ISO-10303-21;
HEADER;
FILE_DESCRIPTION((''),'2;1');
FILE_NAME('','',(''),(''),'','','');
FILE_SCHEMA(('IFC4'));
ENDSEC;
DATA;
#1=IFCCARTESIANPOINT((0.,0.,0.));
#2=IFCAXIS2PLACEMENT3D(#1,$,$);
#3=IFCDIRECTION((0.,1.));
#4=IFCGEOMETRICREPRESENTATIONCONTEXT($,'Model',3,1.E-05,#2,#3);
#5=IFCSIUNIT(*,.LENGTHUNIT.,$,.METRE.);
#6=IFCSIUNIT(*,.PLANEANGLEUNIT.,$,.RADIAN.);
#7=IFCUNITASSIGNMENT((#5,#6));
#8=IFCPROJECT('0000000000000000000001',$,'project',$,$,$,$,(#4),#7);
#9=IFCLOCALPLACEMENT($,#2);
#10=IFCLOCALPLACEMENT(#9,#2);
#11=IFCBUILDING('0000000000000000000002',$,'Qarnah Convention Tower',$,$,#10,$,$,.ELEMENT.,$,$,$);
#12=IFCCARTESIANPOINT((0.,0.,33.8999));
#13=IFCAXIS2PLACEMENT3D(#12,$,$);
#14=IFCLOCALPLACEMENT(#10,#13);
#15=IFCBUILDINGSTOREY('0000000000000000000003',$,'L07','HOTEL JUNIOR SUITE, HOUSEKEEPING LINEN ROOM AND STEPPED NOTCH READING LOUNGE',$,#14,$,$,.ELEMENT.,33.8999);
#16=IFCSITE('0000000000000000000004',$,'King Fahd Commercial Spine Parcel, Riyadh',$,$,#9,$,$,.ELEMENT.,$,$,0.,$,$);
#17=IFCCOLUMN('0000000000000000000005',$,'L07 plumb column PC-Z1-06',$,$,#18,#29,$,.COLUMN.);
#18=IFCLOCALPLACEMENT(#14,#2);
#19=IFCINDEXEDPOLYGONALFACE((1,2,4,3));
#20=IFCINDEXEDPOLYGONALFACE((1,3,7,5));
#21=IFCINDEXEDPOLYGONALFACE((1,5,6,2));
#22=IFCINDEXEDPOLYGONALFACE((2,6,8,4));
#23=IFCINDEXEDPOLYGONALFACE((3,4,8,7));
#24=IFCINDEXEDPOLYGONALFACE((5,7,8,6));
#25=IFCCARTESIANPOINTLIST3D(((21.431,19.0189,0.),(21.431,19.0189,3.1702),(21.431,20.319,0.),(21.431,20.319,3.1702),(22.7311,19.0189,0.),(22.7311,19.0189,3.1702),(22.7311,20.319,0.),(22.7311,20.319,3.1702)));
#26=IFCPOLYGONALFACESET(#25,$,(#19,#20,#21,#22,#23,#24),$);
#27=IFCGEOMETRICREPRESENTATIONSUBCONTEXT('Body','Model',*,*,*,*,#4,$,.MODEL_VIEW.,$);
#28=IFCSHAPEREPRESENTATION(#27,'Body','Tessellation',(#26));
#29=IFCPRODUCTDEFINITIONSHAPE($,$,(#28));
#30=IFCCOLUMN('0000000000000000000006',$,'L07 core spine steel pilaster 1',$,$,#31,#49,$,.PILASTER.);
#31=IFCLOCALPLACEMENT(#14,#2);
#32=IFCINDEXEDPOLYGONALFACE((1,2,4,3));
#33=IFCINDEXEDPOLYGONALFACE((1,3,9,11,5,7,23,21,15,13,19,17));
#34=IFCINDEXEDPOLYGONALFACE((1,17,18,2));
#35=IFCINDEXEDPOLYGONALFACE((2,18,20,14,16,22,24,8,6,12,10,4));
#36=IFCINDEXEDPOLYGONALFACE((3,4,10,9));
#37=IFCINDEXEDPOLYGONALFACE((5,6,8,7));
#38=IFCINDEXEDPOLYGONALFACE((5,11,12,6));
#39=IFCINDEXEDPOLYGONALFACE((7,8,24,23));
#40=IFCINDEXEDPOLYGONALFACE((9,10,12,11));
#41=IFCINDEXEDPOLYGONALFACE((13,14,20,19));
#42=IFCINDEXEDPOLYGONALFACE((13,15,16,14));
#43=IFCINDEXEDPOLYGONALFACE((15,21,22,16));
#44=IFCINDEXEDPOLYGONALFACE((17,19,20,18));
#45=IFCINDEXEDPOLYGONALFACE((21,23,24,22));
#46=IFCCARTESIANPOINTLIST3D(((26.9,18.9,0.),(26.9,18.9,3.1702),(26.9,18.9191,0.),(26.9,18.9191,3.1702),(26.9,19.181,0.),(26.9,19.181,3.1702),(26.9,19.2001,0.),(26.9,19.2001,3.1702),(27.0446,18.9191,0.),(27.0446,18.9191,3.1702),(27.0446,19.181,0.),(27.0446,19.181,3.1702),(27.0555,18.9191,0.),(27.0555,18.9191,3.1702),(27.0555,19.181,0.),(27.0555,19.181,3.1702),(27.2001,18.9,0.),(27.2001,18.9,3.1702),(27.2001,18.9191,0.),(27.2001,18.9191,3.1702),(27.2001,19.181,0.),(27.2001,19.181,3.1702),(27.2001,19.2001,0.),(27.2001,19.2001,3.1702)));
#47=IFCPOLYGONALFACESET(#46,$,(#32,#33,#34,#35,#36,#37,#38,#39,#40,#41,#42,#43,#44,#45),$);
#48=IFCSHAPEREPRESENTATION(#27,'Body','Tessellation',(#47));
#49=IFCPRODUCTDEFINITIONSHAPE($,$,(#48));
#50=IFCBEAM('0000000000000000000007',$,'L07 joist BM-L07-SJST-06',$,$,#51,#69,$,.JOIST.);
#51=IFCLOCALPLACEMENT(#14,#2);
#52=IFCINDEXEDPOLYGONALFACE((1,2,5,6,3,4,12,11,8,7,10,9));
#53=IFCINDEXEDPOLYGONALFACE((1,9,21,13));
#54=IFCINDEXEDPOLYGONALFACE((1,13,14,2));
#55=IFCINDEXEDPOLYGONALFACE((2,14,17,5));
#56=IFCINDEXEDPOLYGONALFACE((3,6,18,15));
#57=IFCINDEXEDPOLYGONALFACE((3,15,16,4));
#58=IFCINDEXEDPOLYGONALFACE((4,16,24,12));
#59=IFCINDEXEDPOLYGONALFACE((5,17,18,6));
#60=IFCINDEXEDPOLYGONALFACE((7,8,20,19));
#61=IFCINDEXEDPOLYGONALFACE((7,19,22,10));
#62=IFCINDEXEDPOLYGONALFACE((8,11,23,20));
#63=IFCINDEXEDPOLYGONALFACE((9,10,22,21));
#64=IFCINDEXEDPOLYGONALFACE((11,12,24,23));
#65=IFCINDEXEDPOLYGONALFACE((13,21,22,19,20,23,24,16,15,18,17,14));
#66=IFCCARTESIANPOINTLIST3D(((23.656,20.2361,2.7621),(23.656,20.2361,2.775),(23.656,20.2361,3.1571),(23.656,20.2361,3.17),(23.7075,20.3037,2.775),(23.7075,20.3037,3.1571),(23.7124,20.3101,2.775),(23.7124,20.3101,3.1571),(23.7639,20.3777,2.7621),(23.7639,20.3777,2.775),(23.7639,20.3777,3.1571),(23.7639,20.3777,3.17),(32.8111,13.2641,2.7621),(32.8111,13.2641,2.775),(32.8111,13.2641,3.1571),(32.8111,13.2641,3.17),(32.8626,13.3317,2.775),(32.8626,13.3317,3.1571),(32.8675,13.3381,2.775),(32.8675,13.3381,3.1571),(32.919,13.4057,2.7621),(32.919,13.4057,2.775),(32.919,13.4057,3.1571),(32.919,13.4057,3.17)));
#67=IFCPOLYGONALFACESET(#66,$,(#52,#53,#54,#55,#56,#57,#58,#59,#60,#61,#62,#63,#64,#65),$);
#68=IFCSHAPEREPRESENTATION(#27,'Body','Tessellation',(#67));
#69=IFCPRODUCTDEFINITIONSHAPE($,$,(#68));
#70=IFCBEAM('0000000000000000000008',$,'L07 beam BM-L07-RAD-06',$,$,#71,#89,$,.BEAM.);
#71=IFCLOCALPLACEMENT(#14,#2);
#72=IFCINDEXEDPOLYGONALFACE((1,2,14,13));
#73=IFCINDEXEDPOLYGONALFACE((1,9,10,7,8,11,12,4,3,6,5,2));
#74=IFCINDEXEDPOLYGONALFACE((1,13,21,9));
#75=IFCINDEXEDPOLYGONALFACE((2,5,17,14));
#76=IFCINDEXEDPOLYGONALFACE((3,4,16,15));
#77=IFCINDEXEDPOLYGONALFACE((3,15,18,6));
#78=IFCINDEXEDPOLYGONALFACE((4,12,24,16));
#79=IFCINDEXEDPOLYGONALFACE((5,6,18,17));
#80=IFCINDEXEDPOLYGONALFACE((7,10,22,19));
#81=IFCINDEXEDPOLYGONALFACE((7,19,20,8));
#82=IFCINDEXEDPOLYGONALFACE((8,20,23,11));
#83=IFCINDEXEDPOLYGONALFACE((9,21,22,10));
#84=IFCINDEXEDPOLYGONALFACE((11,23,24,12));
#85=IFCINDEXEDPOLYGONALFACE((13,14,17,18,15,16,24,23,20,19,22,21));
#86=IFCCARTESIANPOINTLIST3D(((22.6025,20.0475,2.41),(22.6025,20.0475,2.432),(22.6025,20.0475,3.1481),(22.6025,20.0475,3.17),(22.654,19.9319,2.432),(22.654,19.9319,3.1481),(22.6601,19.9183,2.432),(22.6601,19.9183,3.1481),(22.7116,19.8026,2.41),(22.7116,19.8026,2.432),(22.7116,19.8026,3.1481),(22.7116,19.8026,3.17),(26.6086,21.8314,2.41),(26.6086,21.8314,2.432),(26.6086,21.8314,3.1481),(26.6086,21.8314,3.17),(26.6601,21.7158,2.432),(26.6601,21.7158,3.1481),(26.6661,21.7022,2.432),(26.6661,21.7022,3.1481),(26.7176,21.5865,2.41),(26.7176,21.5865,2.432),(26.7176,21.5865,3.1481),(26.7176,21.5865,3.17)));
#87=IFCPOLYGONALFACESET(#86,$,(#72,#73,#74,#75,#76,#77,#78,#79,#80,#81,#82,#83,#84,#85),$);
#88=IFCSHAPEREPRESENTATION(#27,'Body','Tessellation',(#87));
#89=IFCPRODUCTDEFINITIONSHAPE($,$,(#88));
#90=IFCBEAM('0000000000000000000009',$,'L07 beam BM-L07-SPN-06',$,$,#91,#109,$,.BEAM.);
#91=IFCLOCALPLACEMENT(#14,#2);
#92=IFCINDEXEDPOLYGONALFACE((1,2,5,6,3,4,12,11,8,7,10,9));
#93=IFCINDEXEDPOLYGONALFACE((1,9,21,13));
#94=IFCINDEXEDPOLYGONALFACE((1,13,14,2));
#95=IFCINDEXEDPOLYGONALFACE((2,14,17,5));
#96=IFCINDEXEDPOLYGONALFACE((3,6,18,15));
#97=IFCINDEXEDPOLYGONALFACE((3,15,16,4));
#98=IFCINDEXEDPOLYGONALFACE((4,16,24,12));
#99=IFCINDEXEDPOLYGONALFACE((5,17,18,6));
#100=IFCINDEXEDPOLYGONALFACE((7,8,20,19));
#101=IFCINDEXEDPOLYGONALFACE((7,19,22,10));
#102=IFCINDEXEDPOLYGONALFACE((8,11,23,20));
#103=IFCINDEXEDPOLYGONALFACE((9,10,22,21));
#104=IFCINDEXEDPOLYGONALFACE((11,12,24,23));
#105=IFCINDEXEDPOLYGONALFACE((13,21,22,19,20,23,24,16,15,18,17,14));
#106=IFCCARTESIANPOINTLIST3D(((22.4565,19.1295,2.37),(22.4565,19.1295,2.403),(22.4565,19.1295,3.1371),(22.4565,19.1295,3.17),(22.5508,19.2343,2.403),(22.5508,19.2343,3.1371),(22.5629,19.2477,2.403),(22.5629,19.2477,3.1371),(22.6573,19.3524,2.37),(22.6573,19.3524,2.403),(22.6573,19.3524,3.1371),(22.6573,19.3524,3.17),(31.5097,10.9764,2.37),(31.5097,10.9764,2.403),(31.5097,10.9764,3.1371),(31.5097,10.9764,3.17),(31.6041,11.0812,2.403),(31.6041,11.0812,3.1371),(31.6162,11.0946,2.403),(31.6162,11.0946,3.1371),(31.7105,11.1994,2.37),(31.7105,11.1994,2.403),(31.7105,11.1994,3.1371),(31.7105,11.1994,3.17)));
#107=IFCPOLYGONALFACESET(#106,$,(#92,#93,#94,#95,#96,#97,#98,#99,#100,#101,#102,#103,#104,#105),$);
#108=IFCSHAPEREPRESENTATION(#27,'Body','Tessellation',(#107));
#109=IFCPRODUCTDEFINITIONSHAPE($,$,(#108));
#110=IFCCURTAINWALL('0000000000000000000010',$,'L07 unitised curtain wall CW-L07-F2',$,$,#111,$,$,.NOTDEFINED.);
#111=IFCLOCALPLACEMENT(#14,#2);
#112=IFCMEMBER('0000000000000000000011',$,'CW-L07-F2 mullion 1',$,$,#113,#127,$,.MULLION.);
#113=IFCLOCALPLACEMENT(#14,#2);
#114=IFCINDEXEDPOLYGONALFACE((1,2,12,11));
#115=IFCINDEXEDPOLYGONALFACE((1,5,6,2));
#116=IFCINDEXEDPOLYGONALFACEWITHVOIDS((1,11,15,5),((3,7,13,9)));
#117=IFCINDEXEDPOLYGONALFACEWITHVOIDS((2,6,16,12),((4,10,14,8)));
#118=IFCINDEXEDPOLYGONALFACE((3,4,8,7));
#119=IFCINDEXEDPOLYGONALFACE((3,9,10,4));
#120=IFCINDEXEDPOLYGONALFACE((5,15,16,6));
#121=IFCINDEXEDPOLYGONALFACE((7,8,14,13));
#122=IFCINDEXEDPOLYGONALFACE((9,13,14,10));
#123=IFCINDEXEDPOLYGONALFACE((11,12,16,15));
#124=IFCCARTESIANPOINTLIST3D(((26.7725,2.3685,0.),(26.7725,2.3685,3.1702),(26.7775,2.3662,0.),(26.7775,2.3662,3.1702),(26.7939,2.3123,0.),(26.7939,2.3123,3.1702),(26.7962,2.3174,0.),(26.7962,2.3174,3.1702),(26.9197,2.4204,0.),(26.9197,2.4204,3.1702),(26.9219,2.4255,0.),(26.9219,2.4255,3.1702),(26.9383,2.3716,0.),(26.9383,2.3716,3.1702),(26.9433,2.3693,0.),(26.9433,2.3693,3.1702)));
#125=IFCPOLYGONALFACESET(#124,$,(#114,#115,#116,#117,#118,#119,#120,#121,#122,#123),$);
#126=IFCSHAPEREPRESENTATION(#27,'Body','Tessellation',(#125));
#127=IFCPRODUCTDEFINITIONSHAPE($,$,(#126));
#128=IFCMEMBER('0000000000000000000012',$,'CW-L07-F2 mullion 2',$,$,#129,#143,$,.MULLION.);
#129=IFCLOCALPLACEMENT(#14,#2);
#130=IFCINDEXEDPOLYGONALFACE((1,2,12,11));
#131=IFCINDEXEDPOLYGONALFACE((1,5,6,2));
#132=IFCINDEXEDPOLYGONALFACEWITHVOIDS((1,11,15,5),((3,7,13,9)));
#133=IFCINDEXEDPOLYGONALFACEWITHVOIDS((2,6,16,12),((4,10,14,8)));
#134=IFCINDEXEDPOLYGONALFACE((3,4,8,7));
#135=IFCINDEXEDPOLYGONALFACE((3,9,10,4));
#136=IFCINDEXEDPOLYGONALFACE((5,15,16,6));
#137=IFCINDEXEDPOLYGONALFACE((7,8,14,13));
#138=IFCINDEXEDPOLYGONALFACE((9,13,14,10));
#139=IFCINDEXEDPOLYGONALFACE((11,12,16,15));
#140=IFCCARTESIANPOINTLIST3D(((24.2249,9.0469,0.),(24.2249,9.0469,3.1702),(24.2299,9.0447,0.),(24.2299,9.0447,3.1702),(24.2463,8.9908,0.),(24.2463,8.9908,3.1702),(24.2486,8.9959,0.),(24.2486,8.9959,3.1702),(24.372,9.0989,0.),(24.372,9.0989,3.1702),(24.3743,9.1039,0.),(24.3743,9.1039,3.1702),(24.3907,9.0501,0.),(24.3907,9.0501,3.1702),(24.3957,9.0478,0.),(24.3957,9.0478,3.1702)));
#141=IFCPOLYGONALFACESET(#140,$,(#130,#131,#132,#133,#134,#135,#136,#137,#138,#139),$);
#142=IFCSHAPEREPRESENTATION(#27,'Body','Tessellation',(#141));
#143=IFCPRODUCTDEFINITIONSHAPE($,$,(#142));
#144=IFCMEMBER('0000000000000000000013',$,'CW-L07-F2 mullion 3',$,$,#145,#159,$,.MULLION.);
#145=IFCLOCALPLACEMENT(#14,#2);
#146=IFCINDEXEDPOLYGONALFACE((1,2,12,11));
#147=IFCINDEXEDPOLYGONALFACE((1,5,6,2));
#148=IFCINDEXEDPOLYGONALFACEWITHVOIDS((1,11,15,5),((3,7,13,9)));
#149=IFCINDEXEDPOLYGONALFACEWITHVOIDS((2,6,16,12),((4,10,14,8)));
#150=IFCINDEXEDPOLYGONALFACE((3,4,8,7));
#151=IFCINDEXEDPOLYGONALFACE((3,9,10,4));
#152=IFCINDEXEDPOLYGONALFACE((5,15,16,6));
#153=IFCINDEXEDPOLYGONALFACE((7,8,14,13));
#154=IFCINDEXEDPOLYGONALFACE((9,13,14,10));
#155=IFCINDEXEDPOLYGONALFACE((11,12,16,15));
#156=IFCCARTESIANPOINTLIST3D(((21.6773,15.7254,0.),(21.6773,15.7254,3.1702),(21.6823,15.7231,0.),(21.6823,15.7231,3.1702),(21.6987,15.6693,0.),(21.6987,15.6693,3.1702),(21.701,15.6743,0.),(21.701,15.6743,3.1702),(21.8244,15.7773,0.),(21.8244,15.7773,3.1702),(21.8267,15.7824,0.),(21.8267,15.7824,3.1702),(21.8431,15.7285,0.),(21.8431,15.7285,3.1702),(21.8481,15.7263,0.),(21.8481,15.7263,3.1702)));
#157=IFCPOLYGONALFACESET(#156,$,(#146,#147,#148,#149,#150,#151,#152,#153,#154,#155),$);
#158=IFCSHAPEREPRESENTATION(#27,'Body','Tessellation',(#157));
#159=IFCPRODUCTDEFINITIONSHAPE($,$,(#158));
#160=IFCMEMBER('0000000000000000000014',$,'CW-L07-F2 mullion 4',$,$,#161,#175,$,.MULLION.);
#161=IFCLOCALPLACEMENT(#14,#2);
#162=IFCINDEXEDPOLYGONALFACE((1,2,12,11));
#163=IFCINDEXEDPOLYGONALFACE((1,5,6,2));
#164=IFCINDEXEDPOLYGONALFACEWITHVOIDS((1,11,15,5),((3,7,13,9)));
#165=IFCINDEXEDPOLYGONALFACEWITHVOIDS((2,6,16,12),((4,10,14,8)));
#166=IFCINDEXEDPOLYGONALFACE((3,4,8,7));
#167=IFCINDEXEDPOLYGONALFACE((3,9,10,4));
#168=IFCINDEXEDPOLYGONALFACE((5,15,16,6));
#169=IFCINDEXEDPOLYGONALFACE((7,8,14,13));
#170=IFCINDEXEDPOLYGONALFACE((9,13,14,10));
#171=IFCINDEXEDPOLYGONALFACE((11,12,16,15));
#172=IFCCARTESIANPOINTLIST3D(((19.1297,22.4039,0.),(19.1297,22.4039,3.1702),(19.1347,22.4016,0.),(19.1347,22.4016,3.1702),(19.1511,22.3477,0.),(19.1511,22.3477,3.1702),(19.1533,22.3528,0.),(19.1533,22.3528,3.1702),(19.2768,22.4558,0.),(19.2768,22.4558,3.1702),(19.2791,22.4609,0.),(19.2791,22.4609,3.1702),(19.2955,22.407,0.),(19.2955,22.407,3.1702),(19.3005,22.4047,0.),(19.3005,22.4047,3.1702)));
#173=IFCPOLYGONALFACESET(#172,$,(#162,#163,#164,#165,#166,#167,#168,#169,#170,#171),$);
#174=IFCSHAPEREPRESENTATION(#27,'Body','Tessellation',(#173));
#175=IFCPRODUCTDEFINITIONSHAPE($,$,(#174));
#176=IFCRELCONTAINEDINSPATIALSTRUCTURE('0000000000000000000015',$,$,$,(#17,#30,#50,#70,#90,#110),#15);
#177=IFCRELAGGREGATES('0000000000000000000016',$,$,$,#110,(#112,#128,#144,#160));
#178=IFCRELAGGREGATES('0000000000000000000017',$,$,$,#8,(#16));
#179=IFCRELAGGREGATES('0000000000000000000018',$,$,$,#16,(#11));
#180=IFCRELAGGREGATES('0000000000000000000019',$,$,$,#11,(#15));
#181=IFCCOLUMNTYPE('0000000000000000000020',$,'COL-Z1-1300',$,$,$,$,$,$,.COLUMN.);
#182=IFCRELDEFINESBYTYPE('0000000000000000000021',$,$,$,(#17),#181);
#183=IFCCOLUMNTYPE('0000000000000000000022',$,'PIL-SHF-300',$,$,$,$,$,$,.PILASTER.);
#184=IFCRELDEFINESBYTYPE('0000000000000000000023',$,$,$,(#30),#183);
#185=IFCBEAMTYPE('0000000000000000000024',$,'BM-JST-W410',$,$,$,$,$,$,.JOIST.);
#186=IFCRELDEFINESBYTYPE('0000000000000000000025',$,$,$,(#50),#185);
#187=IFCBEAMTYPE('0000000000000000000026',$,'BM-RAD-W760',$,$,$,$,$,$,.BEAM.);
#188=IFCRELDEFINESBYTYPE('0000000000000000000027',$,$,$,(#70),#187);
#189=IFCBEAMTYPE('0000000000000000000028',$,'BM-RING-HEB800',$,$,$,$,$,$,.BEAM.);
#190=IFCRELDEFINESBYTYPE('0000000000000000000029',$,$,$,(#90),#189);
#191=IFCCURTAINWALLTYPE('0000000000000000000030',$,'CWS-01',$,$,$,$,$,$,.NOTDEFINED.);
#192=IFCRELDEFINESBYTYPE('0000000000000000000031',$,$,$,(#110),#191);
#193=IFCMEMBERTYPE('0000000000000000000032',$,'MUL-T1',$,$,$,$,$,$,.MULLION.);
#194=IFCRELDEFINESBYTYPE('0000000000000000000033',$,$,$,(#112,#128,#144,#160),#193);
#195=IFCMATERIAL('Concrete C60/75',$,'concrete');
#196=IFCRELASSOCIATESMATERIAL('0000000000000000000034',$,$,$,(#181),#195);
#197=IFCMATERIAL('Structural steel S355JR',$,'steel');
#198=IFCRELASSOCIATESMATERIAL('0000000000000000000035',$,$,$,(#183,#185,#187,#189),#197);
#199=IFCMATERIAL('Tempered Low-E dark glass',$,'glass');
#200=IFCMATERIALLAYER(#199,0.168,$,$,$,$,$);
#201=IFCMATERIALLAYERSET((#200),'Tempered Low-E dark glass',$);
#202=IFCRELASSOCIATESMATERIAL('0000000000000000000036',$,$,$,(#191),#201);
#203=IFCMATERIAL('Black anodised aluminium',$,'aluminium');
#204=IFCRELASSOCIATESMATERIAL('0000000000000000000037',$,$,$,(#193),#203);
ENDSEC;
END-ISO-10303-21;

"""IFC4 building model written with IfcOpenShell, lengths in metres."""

from ifc_helpers import new_model, si_unit, direction, frame, origin, origin_2d, place, context, subcontext, project, spatial, rectangle, hollow_rectangle, i_section, extrude, material, layer, layer_set, material_profile, profile_set, type_object, element, aggregate, save


model = new_model("IFC4")

# Units and contexts
model_context = context("Model", 3, precision=1e-05, world=origin(), true_north=direction((0.0, 1.0)))
body_context = subcontext(model_context, "Body", "Model", "MODEL_VIEW")
ifc_project = project(units=[si_unit("LENGTHUNIT", "METRE"), si_unit("PLANEANGLEUNIT", "RADIAN")], contexts=[model_context])

# Site, building, storey
site_placement = place(None, origin())
site = spatial("IfcSite", under=ifc_project, at=site_placement, Name="King Fahd Commercial Spine Parcel, Riyadh", CompositionType="ELEMENT", RefElevation=0.0)
building_placement = place(site_placement, origin())
building = spatial("IfcBuilding", under=site, at=building_placement, Name="Qarnah Convention Tower", CompositionType="ELEMENT")
storey_placement = place(building_placement, frame((0.0, 0.0, 33.8999)))
storey = spatial("IfcBuildingStorey", under=building, at=storey_placement, Name="L07", Description="HOTEL JUNIOR SUITE, HOUSEKEEPING LINEN ROOM AND STEPPED NOTCH READING LOUNGE", CompositionType="ELEMENT", Elevation=33.8999)

# Columns
ifc_material_1 = material(Name="Concrete C60/75", Category="concrete")
ifc_material_profile_1 = material_profile(ifc_material_1, rectangle(XDim=1.3, YDim=1.3, at=origin_2d()), Name="RC-COL-1300X1300")
ifc_profile_set_1 = profile_set([ifc_material_profile_1], Name="Concrete C60/75")
column_type_1 = type_object("IfcColumnType", Name="COL-Z1-1300", PredefinedType="COLUMN", material=ifc_profile_set_1)
column_1_placement = place(storey_placement, frame((22.0811, 19.6689, 0.0), z_axis=(0.0, 0.0, 1.0), x_axis=(1.0, 0.0, 0.0)))
element("IfcColumn", 1, at=column_1_placement, inside=storey, type_object=column_type_1, Name="L07 plumb column PC-Z1-06", PredefinedType="COLUMN", context=body_context, shape_type="SweptSolid", body=[
    extrude(rectangle(XDim=1.3, YDim=1.3, at=origin_2d()), origin(), (0.0, 0.0, 1.0), 3.1702),
])
ifc_material_2 = material(Name="Structural steel S355JR", Category="steel")
ifc_material_profile_2 = material_profile(ifc_material_2, i_section(OverallWidth=0.3, OverallDepth=0.3, WebThickness=0.011, FlangeThickness=0.019, at=origin_2d()), Name="HEB300")
ifc_profile_set_2 = profile_set([ifc_material_profile_2], Name="Structural steel S355JR")
column_type_2 = type_object("IfcColumnType", Name="PIL-SHF-300", PredefinedType="PILASTER", material=ifc_profile_set_2)
column_2_placement = place(storey_placement, frame((27.05, 19.05, 0.0), z_axis=(0.0, 0.0, 1.0), x_axis=(1.0, 0.0, 0.0)))
element("IfcColumn", 2, at=column_2_placement, inside=storey, type_object=column_type_2, Name="L07 core spine steel pilaster 1", PredefinedType="PILASTER", context=body_context, shape_type="SweptSolid", body=[
    extrude(i_section(OverallWidth=0.3, OverallDepth=0.3, WebThickness=0.011, FlangeThickness=0.019, at=origin_2d()), origin(), (0.0, 0.0, 1.0), 3.1702),
])

# Beams
ifc_material_profile_3 = material_profile(ifc_material_2, i_section(OverallWidth=0.178, OverallDepth=0.408, WebThickness=0.0081, FlangeThickness=0.0129, at=origin_2d()), Name="W410X60")
ifc_profile_set_3 = profile_set([ifc_material_profile_3], Name="Structural steel S355JR")
beam_type_1 = type_object("IfcBeamType", Name="BM-JST-W410", PredefinedType="JOIST", material=ifc_profile_set_3)
beam_1_placement = place(storey_placement, frame((23.71, 20.3069, 2.9661), z_axis=(0.795571, -0.60586, 0.0), x_axis=(0.60586, 0.795571, 0.0)))
element("IfcBeam", 3, at=beam_1_placement, inside=storey, type_object=beam_type_1, Name="L07 joist BM-L07-SJST-06", PredefinedType="JOIST", context=body_context, shape_type="SweptSolid", body=[
    extrude(i_section(OverallWidth=0.178, OverallDepth=0.408, WebThickness=0.0081, FlangeThickness=0.0129, at=origin_2d()), origin(), (0.0, 0.0, 1.0), 11.5076),
])
ifc_material_profile_4 = material_profile(ifc_material_2, i_section(OverallWidth=0.2681, OverallDepth=0.76, WebThickness=0.0149, FlangeThickness=0.022, at=origin_2d()), Name="W760X185")
ifc_profile_set_4 = profile_set([ifc_material_profile_4], Name="Structural steel S355JR")
beam_type_2 = type_object("IfcBeamType", Name="BM-RAD-W760", PredefinedType="BEAM", material=ifc_profile_set_4)
beam_2_placement = place(storey_placement, frame((26.6631, 21.709, 2.79), z_axis=(-0.91352, -0.406794, 0.0), x_axis=(0.406794, -0.91352, 0.0)))
element("IfcBeam", 4, at=beam_2_placement, inside=storey, type_object=beam_type_2, Name="L07 beam BM-L07-RAD-06", PredefinedType="BEAM", context=body_context, shape_type="SweptSolid", body=[
    extrude(i_section(OverallWidth=0.2681, OverallDepth=0.76, WebThickness=0.0149, FlangeThickness=0.022, at=origin_2d()), origin(), (0.0, 0.0, 1.0), 4.3853),
])
ifc_material_profile_5 = material_profile(ifc_material_2, i_section(OverallWidth=0.3, OverallDepth=0.8, WebThickness=0.0181, FlangeThickness=0.033, at=origin_2d()), Name="HEB800")
ifc_profile_set_5 = profile_set([ifc_material_profile_5], Name="Structural steel S355JR")
beam_type_3 = type_object("IfcBeamType", Name="BM-RING-HEB800", PredefinedType="BEAM", material=ifc_profile_set_5)
beam_3_placement = place(storey_placement, frame((22.5569, 19.241, 2.77), z_axis=(0.743083, -0.669199, 0.0), x_axis=(0.669199, 0.743083, 0.0)))
element("IfcBeam", 5, at=beam_3_placement, inside=storey, type_object=beam_type_3, Name="L07 beam BM-L07-SPN-06", PredefinedType="BEAM", context=body_context, shape_type="SweptSolid", body=[
    extrude(i_section(OverallWidth=0.3, OverallDepth=0.8, WebThickness=0.0181, FlangeThickness=0.033, at=origin_2d()), origin(), (0.0, 0.0, 1.0), 12.1833),
])

# Curtain wall, members
ifc_material_3 = material(Name="Tempered Low-E dark glass", Category="glass")
ifc_layer_1 = layer(ifc_material_3, 0.168)
ifc_layer_set_1 = layer_set([ifc_layer_1], Name="Tempered Low-E dark glass")
curtain_wall_type = type_object("IfcCurtainWallType", Name="CWS-01", PredefinedType="NOTDEFINED", material=ifc_layer_set_1)
curtain_wall_placement = place(storey_placement, origin())
curtain_wall = element("IfcCurtainWall", 6, at=curtain_wall_placement, inside=storey, type_object=curtain_wall_type, Name="L07 unitised curtain wall CW-L07-F2", PredefinedType="NOTDEFINED")
ifc_material_4 = material(Name="Black anodised aluminium", Category="aluminium")
ifc_material_profile_6 = material_profile(ifc_material_4, hollow_rectangle(XDim=0.0601, YDim=0.1599, WallThickness=0.0039, at=origin_2d()), Name="MUL-60X160")
ifc_profile_set_6 = profile_set([ifc_material_profile_6], Name="Black anodised aluminium")
member_type_1 = type_object("IfcMemberType", Name="MUL-T1", PredefinedType="MULLION", material=ifc_profile_set_6)
member_1_placement = place(storey_placement, frame((26.8579, 2.3689, 0.0), z_axis=(0.0, 0.0, 1.0), x_axis=(-0.356416, 0.934327, 0.0)))
member_1 = element("IfcMember", 7, at=member_1_placement, type_object=member_type_1, Name="CW-L07-F2 mullion 1", PredefinedType="MULLION", context=body_context, shape_type="SweptSolid", body=[
    extrude(hollow_rectangle(XDim=0.0601, YDim=0.1599, WallThickness=0.0039, at=origin_2d()), origin(), (0.0, 0.0, 1.0), 3.1702),
])
member_2_placement = place(storey_placement, frame((24.3103, 9.0474, 0.0), z_axis=(0.0, 0.0, 1.0), x_axis=(-0.356416, 0.934327, 0.0)))
member_2 = element("IfcMember", 8, at=member_2_placement, type_object=member_type_1, Name="CW-L07-F2 mullion 2", PredefinedType="MULLION", context=body_context, shape_type="SweptSolid", body=[
    extrude(hollow_rectangle(XDim=0.0601, YDim=0.1599, WallThickness=0.0039, at=origin_2d()), origin(), (0.0, 0.0, 1.0), 3.1702),
])
member_3_placement = place(storey_placement, frame((21.7627, 15.7258, 0.0), z_axis=(0.0, 0.0, 1.0), x_axis=(-0.356416, 0.934327, 0.0)))
member_3 = element("IfcMember", 9, at=member_3_placement, type_object=member_type_1, Name="CW-L07-F2 mullion 3", PredefinedType="MULLION", context=body_context, shape_type="SweptSolid", body=[
    extrude(hollow_rectangle(XDim=0.0601, YDim=0.1599, WallThickness=0.0039, at=origin_2d()), origin(), (0.0, 0.0, 1.0), 3.1702),
])
member_4_placement = place(storey_placement, frame((19.2151, 22.4043, 0.0), z_axis=(0.0, 0.0, 1.0), x_axis=(-0.356416, 0.934327, 0.0)))
member_4 = element("IfcMember", 10, at=member_4_placement, type_object=member_type_1, Name="CW-L07-F2 mullion 4", PredefinedType="MULLION", context=body_context, shape_type="SweptSolid", body=[
    extrude(hollow_rectangle(XDim=0.0601, YDim=0.1599, WallThickness=0.0039, at=origin_2d()), origin(), (0.0, 0.0, 1.0), 3.1702),
])
aggregate(curtain_wall, [member_1, member_2, member_3, member_4])

save(model, "model.ifc")
